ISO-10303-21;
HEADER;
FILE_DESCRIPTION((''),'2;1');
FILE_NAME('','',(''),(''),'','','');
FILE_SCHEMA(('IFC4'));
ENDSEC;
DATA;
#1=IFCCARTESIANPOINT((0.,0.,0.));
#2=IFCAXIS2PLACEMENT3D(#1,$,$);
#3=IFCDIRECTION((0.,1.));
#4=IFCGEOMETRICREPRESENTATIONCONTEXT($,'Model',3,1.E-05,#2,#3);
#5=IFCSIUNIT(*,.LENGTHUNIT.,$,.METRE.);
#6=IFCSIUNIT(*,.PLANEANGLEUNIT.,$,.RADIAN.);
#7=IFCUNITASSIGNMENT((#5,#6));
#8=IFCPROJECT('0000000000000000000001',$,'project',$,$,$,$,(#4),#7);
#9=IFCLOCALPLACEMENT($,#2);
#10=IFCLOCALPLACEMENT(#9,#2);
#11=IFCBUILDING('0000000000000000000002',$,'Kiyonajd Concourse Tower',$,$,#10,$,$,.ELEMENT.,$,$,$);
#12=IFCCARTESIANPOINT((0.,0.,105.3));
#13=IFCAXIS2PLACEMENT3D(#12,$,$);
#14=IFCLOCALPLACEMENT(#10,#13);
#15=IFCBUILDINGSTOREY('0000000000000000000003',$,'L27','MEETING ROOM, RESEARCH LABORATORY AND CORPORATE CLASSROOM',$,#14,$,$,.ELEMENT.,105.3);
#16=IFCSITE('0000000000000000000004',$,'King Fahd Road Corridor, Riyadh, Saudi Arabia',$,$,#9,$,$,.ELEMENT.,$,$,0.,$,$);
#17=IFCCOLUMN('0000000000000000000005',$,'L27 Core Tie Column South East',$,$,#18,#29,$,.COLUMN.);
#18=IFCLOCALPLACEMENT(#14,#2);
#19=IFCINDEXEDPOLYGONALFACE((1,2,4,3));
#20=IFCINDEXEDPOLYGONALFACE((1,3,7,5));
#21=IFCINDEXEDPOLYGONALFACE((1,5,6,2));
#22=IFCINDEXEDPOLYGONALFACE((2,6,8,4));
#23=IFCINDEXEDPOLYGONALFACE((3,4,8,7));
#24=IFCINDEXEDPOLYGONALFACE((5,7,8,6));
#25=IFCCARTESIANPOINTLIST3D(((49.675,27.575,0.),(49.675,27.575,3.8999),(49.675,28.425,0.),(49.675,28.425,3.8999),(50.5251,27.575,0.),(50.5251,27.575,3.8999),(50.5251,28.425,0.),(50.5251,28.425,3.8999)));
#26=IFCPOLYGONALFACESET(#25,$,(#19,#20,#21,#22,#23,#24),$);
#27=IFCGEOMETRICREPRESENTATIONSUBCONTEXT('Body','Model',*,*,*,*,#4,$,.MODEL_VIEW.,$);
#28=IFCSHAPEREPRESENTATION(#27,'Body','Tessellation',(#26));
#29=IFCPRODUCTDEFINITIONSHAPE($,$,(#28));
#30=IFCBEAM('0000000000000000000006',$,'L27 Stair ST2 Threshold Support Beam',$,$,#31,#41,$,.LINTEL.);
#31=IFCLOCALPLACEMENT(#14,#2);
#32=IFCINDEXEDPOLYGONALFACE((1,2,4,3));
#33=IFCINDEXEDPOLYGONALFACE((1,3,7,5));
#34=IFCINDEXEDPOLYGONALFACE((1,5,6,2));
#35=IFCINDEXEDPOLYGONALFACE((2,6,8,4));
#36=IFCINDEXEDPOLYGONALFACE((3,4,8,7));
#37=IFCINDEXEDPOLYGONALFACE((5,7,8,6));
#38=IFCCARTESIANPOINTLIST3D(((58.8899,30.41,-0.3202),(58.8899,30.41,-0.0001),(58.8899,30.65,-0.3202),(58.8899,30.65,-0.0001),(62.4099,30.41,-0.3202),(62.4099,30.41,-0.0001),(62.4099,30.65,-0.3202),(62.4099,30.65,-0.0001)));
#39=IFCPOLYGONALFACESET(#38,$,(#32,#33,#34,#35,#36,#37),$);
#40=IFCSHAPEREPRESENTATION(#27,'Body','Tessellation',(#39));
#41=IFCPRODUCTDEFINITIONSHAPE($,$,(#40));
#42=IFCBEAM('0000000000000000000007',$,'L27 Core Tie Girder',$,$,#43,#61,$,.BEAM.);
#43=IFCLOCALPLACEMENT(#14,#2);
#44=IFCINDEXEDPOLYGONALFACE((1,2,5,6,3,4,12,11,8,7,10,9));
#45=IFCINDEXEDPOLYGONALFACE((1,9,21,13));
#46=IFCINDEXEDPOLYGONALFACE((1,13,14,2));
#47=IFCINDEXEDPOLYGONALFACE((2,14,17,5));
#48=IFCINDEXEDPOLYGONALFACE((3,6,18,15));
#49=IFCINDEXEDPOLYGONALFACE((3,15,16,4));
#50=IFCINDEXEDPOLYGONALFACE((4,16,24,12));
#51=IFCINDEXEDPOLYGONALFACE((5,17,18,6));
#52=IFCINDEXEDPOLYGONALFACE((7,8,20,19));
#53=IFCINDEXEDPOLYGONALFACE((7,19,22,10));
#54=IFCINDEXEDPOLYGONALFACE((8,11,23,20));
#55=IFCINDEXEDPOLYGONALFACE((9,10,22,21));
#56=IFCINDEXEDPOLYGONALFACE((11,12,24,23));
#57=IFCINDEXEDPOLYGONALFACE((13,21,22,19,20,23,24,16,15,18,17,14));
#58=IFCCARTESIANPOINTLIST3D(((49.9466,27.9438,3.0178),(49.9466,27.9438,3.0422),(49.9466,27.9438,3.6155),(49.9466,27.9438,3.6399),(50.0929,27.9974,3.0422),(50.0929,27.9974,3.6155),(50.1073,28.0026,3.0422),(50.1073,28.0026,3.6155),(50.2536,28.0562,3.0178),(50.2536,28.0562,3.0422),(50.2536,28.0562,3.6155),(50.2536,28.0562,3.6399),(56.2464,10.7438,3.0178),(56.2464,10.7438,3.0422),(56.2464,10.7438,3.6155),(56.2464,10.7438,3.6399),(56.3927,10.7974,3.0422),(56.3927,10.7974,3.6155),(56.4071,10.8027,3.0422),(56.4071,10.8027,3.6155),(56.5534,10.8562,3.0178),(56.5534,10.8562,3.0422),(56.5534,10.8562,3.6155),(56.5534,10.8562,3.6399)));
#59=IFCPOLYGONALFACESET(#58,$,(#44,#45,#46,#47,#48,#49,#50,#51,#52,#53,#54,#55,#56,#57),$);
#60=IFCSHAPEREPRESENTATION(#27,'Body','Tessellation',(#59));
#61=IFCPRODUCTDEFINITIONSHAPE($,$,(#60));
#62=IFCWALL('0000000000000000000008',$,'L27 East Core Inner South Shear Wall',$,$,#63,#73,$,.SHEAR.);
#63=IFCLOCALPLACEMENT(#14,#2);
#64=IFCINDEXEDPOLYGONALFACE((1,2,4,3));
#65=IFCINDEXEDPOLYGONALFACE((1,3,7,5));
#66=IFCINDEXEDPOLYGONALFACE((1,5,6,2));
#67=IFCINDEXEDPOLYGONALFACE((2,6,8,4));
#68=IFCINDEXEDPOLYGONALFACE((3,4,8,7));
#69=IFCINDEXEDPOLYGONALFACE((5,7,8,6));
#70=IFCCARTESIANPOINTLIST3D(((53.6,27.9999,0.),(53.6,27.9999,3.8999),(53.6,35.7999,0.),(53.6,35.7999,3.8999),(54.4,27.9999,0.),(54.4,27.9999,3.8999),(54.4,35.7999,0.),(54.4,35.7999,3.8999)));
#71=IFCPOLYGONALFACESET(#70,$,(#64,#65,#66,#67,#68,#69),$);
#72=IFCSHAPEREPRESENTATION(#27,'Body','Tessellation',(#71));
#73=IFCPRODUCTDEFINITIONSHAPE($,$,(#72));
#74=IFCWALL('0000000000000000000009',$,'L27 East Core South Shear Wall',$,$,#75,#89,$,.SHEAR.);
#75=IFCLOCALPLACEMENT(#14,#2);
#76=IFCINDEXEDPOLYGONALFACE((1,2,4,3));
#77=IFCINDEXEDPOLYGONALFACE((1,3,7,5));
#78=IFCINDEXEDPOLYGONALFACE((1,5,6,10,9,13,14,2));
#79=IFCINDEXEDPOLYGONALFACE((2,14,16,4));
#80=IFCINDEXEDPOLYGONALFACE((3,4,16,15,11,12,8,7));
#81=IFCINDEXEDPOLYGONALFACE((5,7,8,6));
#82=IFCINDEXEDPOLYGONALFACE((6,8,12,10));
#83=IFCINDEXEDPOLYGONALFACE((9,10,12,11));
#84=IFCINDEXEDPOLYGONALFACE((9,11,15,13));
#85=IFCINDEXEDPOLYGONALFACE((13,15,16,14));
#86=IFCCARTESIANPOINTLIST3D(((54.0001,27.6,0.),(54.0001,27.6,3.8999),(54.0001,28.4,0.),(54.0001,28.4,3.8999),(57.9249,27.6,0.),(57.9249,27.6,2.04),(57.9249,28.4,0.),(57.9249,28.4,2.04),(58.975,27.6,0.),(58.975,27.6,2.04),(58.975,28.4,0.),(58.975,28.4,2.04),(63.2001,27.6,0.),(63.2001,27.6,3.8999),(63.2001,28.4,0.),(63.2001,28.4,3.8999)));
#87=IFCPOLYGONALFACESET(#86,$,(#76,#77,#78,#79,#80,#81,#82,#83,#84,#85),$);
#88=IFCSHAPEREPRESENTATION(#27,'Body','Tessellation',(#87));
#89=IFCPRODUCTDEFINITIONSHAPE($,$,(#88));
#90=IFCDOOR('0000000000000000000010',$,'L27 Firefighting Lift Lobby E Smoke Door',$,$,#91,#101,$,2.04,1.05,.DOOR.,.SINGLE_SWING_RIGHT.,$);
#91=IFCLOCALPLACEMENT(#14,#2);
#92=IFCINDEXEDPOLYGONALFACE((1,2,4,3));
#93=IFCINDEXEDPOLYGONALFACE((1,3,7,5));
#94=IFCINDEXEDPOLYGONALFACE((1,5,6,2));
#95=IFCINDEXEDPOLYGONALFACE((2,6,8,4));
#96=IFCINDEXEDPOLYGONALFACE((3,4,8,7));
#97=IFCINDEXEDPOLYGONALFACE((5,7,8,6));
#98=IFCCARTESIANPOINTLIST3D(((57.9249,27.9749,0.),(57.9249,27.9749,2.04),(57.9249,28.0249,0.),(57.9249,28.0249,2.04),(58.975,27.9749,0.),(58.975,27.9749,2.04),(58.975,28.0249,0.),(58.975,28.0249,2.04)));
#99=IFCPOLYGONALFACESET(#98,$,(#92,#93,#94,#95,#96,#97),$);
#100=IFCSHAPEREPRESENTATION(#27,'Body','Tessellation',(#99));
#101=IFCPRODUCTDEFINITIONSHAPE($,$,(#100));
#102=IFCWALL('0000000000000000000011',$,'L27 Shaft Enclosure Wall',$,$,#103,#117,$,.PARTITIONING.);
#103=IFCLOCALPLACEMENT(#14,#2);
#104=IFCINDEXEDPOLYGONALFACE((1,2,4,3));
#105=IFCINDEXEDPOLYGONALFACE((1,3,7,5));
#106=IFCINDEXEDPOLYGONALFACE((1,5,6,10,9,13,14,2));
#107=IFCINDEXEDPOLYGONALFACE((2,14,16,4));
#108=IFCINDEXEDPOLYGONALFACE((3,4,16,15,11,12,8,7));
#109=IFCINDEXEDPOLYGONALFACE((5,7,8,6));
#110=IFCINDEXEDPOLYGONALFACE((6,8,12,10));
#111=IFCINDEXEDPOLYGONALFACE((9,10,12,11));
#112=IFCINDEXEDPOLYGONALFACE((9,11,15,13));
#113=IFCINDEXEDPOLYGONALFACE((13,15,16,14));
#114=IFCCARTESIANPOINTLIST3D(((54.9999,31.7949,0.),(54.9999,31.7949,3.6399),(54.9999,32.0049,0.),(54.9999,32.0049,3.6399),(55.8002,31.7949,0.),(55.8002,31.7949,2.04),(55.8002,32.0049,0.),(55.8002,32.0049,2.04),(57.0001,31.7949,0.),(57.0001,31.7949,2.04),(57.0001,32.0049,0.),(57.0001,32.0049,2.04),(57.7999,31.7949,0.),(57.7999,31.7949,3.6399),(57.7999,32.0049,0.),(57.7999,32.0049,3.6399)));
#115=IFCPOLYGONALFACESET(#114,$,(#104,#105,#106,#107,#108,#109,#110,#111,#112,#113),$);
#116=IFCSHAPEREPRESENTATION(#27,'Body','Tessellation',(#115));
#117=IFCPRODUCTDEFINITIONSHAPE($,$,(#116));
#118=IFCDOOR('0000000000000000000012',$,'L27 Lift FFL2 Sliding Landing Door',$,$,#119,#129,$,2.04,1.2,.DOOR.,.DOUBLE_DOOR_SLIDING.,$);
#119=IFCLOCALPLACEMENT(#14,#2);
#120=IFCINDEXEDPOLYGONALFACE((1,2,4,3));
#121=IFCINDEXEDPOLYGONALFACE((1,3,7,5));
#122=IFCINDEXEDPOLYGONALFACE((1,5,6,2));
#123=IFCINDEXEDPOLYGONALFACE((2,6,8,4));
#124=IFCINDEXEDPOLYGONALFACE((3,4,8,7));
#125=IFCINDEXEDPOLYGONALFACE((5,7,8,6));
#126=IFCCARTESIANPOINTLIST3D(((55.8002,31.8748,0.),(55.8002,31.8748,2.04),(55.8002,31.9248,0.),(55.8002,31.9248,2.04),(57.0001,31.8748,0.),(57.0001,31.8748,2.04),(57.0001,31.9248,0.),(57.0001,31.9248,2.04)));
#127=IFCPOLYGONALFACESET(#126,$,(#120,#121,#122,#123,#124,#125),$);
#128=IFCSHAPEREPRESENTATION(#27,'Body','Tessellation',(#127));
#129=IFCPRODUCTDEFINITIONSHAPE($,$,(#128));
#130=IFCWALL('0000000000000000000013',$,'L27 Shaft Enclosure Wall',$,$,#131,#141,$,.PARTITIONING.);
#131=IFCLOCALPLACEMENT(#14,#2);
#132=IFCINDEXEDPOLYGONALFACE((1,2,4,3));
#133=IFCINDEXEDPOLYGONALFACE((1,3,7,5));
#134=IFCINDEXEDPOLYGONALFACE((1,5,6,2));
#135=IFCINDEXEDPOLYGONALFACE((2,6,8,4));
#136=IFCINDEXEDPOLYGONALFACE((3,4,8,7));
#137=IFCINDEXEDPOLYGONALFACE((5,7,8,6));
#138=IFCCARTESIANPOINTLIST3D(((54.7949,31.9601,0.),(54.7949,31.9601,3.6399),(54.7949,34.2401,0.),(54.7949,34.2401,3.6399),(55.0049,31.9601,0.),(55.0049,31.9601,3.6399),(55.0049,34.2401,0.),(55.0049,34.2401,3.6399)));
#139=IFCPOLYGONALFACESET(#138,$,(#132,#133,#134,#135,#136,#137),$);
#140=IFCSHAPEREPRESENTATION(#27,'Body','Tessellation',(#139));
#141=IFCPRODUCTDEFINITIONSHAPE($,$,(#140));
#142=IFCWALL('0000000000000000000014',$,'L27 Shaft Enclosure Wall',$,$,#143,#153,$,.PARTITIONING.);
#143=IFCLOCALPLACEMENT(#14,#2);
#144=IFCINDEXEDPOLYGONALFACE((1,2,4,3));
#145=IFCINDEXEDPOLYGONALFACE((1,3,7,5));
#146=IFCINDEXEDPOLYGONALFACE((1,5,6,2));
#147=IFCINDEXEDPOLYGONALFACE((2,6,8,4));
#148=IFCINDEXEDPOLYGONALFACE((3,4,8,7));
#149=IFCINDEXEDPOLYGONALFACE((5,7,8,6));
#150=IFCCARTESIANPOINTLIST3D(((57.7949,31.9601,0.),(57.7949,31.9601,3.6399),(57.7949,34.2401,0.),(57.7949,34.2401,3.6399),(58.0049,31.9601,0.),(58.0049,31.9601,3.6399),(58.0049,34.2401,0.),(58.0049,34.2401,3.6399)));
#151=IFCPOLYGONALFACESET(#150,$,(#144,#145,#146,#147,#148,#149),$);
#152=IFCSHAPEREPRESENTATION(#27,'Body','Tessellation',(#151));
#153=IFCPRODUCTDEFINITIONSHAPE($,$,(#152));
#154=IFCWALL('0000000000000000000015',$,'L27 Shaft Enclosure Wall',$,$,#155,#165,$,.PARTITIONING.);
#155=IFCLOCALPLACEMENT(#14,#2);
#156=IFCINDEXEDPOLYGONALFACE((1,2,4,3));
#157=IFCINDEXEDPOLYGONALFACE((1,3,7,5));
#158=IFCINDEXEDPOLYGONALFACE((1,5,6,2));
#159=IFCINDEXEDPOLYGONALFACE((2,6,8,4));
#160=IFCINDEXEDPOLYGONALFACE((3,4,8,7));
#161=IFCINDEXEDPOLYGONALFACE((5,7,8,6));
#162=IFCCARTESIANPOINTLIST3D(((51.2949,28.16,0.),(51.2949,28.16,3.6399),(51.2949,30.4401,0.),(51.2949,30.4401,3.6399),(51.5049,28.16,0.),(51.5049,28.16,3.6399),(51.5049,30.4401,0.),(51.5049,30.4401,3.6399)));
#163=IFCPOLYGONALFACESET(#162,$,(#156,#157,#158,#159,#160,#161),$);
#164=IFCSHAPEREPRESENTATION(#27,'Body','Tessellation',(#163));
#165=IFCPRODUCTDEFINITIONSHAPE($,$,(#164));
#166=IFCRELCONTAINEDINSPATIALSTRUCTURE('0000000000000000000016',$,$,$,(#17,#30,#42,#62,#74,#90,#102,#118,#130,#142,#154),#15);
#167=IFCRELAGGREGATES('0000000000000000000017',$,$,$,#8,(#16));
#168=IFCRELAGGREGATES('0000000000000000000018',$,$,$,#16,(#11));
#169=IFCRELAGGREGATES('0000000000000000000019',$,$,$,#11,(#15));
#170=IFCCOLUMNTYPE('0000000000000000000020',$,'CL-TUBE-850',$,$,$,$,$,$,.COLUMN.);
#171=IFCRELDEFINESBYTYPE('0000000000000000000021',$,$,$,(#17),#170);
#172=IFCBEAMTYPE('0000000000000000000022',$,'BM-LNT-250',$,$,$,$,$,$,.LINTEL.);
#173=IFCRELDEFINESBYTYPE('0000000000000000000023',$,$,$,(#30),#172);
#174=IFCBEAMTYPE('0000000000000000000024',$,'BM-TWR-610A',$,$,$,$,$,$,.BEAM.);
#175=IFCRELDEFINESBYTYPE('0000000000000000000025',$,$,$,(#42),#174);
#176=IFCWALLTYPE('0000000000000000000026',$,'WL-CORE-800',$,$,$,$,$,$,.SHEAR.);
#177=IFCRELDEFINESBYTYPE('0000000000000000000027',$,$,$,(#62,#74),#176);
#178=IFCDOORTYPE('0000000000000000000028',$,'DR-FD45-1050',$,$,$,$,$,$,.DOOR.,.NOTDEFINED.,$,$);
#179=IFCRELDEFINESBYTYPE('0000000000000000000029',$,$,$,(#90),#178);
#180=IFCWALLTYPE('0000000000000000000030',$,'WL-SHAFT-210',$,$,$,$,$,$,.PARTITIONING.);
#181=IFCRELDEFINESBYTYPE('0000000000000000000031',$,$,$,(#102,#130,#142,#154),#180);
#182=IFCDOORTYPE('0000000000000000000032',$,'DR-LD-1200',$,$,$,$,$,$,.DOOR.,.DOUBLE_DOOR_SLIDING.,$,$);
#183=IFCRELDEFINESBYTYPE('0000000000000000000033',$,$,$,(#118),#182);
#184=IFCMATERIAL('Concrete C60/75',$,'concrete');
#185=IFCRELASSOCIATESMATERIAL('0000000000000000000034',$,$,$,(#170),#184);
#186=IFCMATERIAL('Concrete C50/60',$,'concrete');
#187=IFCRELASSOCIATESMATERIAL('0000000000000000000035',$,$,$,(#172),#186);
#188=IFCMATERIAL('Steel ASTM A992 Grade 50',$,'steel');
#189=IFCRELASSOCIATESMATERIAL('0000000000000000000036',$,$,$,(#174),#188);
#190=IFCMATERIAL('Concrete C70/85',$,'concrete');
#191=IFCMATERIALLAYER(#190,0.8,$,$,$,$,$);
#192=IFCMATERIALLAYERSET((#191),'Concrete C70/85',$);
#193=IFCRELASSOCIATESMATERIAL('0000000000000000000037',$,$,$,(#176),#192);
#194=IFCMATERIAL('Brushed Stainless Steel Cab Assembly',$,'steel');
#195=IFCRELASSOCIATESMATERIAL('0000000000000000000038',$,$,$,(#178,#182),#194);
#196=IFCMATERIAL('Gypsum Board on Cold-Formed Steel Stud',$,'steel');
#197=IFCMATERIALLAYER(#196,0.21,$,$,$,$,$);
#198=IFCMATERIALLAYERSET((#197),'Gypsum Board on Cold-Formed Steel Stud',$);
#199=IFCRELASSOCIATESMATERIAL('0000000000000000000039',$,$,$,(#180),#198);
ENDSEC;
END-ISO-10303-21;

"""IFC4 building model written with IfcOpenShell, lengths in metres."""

from ifc_helpers import new_model, si_unit, direction, frame, frame_2d, origin, origin_2d, place, context, subcontext, project, spatial, rectangle, i_section, extrude, material, layer, layer_set, material_profile, profile_set, type_object, element, fill, save


model = new_model("IFC4")

# Units and contexts
model_context = context("Model", 3, precision=1e-05, world=origin(), true_north=direction((0.0, 1.0)))
body_context = subcontext(model_context, "Body", "Model", "MODEL_VIEW")
ifc_project = project(units=[si_unit("LENGTHUNIT", "METRE"), si_unit("PLANEANGLEUNIT", "RADIAN")], contexts=[model_context])

# Site, building, storey
site_placement = place(None, origin())
site = spatial("IfcSite", under=ifc_project, at=site_placement, Name="King Fahd Road Corridor, Riyadh, Saudi Arabia", CompositionType="ELEMENT", RefElevation=0.0)
building_placement = place(site_placement, origin())
building = spatial("IfcBuilding", under=site, at=building_placement, Name="Kiyonajd Concourse Tower", CompositionType="ELEMENT")
storey_placement = place(building_placement, frame((0.0, 0.0, 105.3)))
storey = spatial("IfcBuildingStorey", under=building, at=storey_placement, Name="L27", Description="MEETING ROOM, RESEARCH LABORATORY AND CORPORATE CLASSROOM", CompositionType="ELEMENT", Elevation=105.3)

# Column
ifc_material_1 = material(Name="Concrete C60/75", Category="concrete")
ifc_material_profile_1 = material_profile(ifc_material_1, rectangle(XDim=0.8501, YDim=0.8501, at=origin_2d()), Name="RC-850x850")
ifc_profile_set_1 = profile_set([ifc_material_profile_1], Name="Concrete C60/75")
column_type = type_object("IfcColumnType", Name="CL-TUBE-850", PredefinedType="COLUMN", material=ifc_profile_set_1)
column_placement = place(storey_placement, frame((50.1001, 28.0, 0.0), z_axis=(0.0, 0.0, 1.0), x_axis=(1.0, 0.0, 0.0)))
element("IfcColumn", 1, at=column_placement, inside=storey, type_object=column_type, Name="L27 Core Tie Column South East", PredefinedType="COLUMN", context=body_context, shape_type="SweptSolid", body=[
    extrude(rectangle(XDim=0.8501, YDim=0.8501, at=origin_2d()), origin(), (0.0, 0.0, 1.0), 3.8999),
])

# Beams
ifc_material_2 = material(Name="Concrete C50/60", Category="concrete")
ifc_material_profile_2 = material_profile(ifc_material_2, rectangle(XDim=0.24, YDim=0.3201, at=origin_2d()), Name="RCBM-240x320")
ifc_profile_set_2 = profile_set([ifc_material_profile_2], Name="Concrete C50/60")
beam_type_1 = type_object("IfcBeamType", Name="BM-LNT-250", PredefinedType="LINTEL", material=ifc_profile_set_2)
beam_1_placement = place(storey_placement, frame((58.8899, 30.53, -0.1602), z_axis=(1.0, 0.0, 0.0), x_axis=(0.0, 1.0, 0.0)))
element("IfcBeam", 2, at=beam_1_placement, inside=storey, type_object=beam_type_1, Name="L27 Stair ST2 Threshold Support Beam", PredefinedType="LINTEL", context=body_context, shape_type="SweptSolid", body=[
    extrude(rectangle(XDim=0.24, YDim=0.3201, at=origin_2d()), origin(), (0.0, 0.0, 1.0), 3.52),
])
ifc_material_3 = material(Name="Steel ASTM A992 Grade 50", Category="steel")
ifc_material_profile_3 = material_profile(ifc_material_3, i_section(OverallWidth=0.3269, OverallDepth=0.6221, WebThickness=0.0154, FlangeThickness=0.0244, at=origin_2d()), Name="W610X195")
ifc_profile_set_3 = profile_set([ifc_material_profile_3], Name="Steel ASTM A992 Grade 50")
beam_type_2 = type_object("IfcBeamType", Name="BM-TWR-610A", PredefinedType="BEAM", material=ifc_profile_set_3)
beam_2_placement = place(storey_placement, frame((50.1001, 28.0, 3.3289), z_axis=(0.343925, -0.938997, 0.0), x_axis=(0.938997, 0.343925, 0.0)))
element("IfcBeam", 3, at=beam_2_placement, inside=storey, type_object=beam_type_2, Name="L27 Core Tie Girder", PredefinedType="BEAM", context=body_context, shape_type="SweptSolid", body=[
    extrude(i_section(OverallWidth=0.3269, OverallDepth=0.6221, WebThickness=0.0154, FlangeThickness=0.0244, at=origin_2d()), origin(), (0.0, 0.0, 1.0), 18.3174),
])

# Wall
ifc_material_4 = material(Name="Concrete C70/85", Category="concrete")
ifc_layer_1 = layer(ifc_material_4, 0.8)
ifc_layer_set_1 = layer_set([ifc_layer_1], Name="Concrete C70/85")
wall_type_1 = type_object("IfcWallType", Name="WL-CORE-800", PredefinedType="SHEAR", material=ifc_layer_set_1)
wall_1_placement = place(storey_placement, frame((54.0, 28.0, 0.0), z_axis=(0.0, 0.0, 1.0), x_axis=(0.0, 1.0, 0.0)))
element("IfcWall", 4, at=wall_1_placement, inside=storey, type_object=wall_type_1, Name="L27 East Core Inner South Shear Wall", PredefinedType="SHEAR", context=body_context, shape_type="SweptSolid", body=[
    extrude(rectangle(XDim=7.8, YDim=0.8, at=frame_2d((3.8999, 0.0))), origin(), (0.0, 0.0, 1.0), 3.8999),
])

# Walls, openings, doors
wall_2_placement = place(storey_placement, frame((54.0, 28.0, 0.0), z_axis=(0.0, 0.0, 1.0), x_axis=(1.0, 0.0, 0.0)))
wall_2 = element("IfcWall", 5, at=wall_2_placement, inside=storey, type_object=wall_type_1, Name="L27 East Core South Shear Wall", PredefinedType="SHEAR", context=body_context, shape_type="SweptSolid", body=[
    extrude(rectangle(XDim=9.2, YDim=0.8, at=frame_2d((4.6001, 0.0))), origin(), (0.0, 0.0, 1.0), 3.8999),
])
opening_1_placement = place(wall_2_placement, frame((3.925, 0.0, 0.0)))
opening_1 = element("IfcOpeningElement", 6, at=opening_1_placement, cuts=wall_2, PredefinedType="OPENING", context=body_context, shape_type="SweptSolid", body=[
    extrude(rectangle(XDim=1.05, YDim=2.04, at=frame_2d((0.5249, 1.02))), frame((0.0, 0.4099, 0.0), z_axis=(0.0, -1.0, 0.0), x_axis=(1.0, 0.0, 0.0)), (0.0, 0.0, 1.0), 0.8201),
])
ifc_material_5 = material(Name="Brushed Stainless Steel Cab Assembly", Category="steel")
door_type_1 = type_object("IfcDoorType", Name="DR-FD45-1050", OperationType="NOTDEFINED", PredefinedType="DOOR", material=ifc_material_5)
door_1_placement = place(opening_1_placement, origin())
door_1 = element("IfcDoor", 7, at=door_1_placement, inside=storey, type_object=door_type_1, Name="L27 Firefighting Lift Lobby E Smoke Door", OperationType="SINGLE_SWING_RIGHT", OverallHeight=2.04, OverallWidth=1.05, PredefinedType="DOOR", context=body_context, shape_type="SweptSolid", body=[
    extrude(rectangle(XDim=1.05, YDim=2.04, at=frame_2d((0.5249, 1.02))), frame((0.0, 0.0249, 0.0), z_axis=(0.0, -1.0, 0.0), x_axis=(1.0, 0.0, 0.0)), (0.0, 0.0, 1.0), 0.05),
])
fill(opening_1, door_1)
ifc_material_6 = material(Name="Gypsum Board on Cold-Formed Steel Stud", Category="steel")
ifc_layer_2 = layer(ifc_material_6, 0.21)
ifc_layer_set_2 = layer_set([ifc_layer_2], Name="Gypsum Board on Cold-Formed Steel Stud")
wall_type_2 = type_object("IfcWallType", Name="WL-SHAFT-210", PredefinedType="PARTITIONING", material=ifc_layer_set_2)
wall_3_placement = place(storey_placement, frame((55.0, 31.8999, 0.0), z_axis=(0.0, 0.0, 1.0), x_axis=(1.0, 0.0, 0.0)))
wall_3 = element("IfcWall", 8, at=wall_3_placement, inside=storey, type_object=wall_type_2, Name="L27 Shaft Enclosure Wall", PredefinedType="PARTITIONING", context=body_context, shape_type="SweptSolid", body=[
    extrude(rectangle(XDim=2.8, YDim=0.21, at=frame_2d((1.3999, 0.0))), origin(), (0.0, 0.0, 1.0), 3.6399),
])
opening_2_placement = place(wall_3_placement, frame((0.8, 0.0, 0.0)))
opening_2 = element("IfcOpeningElement", 9, at=opening_2_placement, cuts=wall_3, PredefinedType="OPENING", context=body_context, shape_type="SweptSolid", body=[
    extrude(rectangle(XDim=1.2, YDim=2.04, at=frame_2d((0.6001, 1.02))), frame((0.0, 0.115, 0.0), z_axis=(0.0, -1.0, 0.0), x_axis=(1.0, 0.0, 0.0)), (0.0, 0.0, 1.0), 0.23),
])
door_type_2 = type_object("IfcDoorType", Name="DR-LD-1200", OperationType="DOUBLE_DOOR_SLIDING", PredefinedType="DOOR", material=ifc_material_5)
door_2_placement = place(opening_2_placement, origin())
door_2 = element("IfcDoor", 10, at=door_2_placement, inside=storey, type_object=door_type_2, Name="L27 Lift FFL2 Sliding Landing Door", OperationType="DOUBLE_DOOR_SLIDING", OverallHeight=2.04, OverallWidth=1.2, PredefinedType="DOOR", context=body_context, shape_type="SweptSolid", body=[
    extrude(rectangle(XDim=1.2, YDim=2.04, at=frame_2d((0.6001, 1.02))), frame((0.0, 0.0249, 0.0), z_axis=(0.0, -1.0, 0.0), x_axis=(1.0, 0.0, 0.0)), (0.0, 0.0, 1.0), 0.05),
])
fill(opening_2, door_2)

# Walls
for number, where, z_axis, x_axis, name in (
    (11, (54.8999, 31.96, 0.0), (0.0, 0.0, 1.0), (0.0, 1.0, 0.0), "L27 Shaft Enclosure Wall"),
    (12, (57.8999, 31.96, 0.0), (0.0, 0.0, 1.0), (0.0, 1.0, 0.0), "L27 Shaft Enclosure Wall"),
    (13, (51.3999, 28.1599, 0.0), (0.0, 0.0, 1.0), (0.0, 1.0, 0.0), "L27 Shaft Enclosure Wall"),
):
    element("IfcWall", number, at=place(storey_placement, frame(where, z_axis=z_axis, x_axis=x_axis)), inside=storey, type_object=wall_type_2, Name=name, PredefinedType="PARTITIONING", context=body_context, shape_type="SweptSolid", body=[
        extrude(rectangle(XDim=2.28, YDim=0.21, at=frame_2d((1.1401, 0.0))), origin(), (0.0, 0.0, 1.0), 3.6399),
    ])

save(model, "model.ifc")
